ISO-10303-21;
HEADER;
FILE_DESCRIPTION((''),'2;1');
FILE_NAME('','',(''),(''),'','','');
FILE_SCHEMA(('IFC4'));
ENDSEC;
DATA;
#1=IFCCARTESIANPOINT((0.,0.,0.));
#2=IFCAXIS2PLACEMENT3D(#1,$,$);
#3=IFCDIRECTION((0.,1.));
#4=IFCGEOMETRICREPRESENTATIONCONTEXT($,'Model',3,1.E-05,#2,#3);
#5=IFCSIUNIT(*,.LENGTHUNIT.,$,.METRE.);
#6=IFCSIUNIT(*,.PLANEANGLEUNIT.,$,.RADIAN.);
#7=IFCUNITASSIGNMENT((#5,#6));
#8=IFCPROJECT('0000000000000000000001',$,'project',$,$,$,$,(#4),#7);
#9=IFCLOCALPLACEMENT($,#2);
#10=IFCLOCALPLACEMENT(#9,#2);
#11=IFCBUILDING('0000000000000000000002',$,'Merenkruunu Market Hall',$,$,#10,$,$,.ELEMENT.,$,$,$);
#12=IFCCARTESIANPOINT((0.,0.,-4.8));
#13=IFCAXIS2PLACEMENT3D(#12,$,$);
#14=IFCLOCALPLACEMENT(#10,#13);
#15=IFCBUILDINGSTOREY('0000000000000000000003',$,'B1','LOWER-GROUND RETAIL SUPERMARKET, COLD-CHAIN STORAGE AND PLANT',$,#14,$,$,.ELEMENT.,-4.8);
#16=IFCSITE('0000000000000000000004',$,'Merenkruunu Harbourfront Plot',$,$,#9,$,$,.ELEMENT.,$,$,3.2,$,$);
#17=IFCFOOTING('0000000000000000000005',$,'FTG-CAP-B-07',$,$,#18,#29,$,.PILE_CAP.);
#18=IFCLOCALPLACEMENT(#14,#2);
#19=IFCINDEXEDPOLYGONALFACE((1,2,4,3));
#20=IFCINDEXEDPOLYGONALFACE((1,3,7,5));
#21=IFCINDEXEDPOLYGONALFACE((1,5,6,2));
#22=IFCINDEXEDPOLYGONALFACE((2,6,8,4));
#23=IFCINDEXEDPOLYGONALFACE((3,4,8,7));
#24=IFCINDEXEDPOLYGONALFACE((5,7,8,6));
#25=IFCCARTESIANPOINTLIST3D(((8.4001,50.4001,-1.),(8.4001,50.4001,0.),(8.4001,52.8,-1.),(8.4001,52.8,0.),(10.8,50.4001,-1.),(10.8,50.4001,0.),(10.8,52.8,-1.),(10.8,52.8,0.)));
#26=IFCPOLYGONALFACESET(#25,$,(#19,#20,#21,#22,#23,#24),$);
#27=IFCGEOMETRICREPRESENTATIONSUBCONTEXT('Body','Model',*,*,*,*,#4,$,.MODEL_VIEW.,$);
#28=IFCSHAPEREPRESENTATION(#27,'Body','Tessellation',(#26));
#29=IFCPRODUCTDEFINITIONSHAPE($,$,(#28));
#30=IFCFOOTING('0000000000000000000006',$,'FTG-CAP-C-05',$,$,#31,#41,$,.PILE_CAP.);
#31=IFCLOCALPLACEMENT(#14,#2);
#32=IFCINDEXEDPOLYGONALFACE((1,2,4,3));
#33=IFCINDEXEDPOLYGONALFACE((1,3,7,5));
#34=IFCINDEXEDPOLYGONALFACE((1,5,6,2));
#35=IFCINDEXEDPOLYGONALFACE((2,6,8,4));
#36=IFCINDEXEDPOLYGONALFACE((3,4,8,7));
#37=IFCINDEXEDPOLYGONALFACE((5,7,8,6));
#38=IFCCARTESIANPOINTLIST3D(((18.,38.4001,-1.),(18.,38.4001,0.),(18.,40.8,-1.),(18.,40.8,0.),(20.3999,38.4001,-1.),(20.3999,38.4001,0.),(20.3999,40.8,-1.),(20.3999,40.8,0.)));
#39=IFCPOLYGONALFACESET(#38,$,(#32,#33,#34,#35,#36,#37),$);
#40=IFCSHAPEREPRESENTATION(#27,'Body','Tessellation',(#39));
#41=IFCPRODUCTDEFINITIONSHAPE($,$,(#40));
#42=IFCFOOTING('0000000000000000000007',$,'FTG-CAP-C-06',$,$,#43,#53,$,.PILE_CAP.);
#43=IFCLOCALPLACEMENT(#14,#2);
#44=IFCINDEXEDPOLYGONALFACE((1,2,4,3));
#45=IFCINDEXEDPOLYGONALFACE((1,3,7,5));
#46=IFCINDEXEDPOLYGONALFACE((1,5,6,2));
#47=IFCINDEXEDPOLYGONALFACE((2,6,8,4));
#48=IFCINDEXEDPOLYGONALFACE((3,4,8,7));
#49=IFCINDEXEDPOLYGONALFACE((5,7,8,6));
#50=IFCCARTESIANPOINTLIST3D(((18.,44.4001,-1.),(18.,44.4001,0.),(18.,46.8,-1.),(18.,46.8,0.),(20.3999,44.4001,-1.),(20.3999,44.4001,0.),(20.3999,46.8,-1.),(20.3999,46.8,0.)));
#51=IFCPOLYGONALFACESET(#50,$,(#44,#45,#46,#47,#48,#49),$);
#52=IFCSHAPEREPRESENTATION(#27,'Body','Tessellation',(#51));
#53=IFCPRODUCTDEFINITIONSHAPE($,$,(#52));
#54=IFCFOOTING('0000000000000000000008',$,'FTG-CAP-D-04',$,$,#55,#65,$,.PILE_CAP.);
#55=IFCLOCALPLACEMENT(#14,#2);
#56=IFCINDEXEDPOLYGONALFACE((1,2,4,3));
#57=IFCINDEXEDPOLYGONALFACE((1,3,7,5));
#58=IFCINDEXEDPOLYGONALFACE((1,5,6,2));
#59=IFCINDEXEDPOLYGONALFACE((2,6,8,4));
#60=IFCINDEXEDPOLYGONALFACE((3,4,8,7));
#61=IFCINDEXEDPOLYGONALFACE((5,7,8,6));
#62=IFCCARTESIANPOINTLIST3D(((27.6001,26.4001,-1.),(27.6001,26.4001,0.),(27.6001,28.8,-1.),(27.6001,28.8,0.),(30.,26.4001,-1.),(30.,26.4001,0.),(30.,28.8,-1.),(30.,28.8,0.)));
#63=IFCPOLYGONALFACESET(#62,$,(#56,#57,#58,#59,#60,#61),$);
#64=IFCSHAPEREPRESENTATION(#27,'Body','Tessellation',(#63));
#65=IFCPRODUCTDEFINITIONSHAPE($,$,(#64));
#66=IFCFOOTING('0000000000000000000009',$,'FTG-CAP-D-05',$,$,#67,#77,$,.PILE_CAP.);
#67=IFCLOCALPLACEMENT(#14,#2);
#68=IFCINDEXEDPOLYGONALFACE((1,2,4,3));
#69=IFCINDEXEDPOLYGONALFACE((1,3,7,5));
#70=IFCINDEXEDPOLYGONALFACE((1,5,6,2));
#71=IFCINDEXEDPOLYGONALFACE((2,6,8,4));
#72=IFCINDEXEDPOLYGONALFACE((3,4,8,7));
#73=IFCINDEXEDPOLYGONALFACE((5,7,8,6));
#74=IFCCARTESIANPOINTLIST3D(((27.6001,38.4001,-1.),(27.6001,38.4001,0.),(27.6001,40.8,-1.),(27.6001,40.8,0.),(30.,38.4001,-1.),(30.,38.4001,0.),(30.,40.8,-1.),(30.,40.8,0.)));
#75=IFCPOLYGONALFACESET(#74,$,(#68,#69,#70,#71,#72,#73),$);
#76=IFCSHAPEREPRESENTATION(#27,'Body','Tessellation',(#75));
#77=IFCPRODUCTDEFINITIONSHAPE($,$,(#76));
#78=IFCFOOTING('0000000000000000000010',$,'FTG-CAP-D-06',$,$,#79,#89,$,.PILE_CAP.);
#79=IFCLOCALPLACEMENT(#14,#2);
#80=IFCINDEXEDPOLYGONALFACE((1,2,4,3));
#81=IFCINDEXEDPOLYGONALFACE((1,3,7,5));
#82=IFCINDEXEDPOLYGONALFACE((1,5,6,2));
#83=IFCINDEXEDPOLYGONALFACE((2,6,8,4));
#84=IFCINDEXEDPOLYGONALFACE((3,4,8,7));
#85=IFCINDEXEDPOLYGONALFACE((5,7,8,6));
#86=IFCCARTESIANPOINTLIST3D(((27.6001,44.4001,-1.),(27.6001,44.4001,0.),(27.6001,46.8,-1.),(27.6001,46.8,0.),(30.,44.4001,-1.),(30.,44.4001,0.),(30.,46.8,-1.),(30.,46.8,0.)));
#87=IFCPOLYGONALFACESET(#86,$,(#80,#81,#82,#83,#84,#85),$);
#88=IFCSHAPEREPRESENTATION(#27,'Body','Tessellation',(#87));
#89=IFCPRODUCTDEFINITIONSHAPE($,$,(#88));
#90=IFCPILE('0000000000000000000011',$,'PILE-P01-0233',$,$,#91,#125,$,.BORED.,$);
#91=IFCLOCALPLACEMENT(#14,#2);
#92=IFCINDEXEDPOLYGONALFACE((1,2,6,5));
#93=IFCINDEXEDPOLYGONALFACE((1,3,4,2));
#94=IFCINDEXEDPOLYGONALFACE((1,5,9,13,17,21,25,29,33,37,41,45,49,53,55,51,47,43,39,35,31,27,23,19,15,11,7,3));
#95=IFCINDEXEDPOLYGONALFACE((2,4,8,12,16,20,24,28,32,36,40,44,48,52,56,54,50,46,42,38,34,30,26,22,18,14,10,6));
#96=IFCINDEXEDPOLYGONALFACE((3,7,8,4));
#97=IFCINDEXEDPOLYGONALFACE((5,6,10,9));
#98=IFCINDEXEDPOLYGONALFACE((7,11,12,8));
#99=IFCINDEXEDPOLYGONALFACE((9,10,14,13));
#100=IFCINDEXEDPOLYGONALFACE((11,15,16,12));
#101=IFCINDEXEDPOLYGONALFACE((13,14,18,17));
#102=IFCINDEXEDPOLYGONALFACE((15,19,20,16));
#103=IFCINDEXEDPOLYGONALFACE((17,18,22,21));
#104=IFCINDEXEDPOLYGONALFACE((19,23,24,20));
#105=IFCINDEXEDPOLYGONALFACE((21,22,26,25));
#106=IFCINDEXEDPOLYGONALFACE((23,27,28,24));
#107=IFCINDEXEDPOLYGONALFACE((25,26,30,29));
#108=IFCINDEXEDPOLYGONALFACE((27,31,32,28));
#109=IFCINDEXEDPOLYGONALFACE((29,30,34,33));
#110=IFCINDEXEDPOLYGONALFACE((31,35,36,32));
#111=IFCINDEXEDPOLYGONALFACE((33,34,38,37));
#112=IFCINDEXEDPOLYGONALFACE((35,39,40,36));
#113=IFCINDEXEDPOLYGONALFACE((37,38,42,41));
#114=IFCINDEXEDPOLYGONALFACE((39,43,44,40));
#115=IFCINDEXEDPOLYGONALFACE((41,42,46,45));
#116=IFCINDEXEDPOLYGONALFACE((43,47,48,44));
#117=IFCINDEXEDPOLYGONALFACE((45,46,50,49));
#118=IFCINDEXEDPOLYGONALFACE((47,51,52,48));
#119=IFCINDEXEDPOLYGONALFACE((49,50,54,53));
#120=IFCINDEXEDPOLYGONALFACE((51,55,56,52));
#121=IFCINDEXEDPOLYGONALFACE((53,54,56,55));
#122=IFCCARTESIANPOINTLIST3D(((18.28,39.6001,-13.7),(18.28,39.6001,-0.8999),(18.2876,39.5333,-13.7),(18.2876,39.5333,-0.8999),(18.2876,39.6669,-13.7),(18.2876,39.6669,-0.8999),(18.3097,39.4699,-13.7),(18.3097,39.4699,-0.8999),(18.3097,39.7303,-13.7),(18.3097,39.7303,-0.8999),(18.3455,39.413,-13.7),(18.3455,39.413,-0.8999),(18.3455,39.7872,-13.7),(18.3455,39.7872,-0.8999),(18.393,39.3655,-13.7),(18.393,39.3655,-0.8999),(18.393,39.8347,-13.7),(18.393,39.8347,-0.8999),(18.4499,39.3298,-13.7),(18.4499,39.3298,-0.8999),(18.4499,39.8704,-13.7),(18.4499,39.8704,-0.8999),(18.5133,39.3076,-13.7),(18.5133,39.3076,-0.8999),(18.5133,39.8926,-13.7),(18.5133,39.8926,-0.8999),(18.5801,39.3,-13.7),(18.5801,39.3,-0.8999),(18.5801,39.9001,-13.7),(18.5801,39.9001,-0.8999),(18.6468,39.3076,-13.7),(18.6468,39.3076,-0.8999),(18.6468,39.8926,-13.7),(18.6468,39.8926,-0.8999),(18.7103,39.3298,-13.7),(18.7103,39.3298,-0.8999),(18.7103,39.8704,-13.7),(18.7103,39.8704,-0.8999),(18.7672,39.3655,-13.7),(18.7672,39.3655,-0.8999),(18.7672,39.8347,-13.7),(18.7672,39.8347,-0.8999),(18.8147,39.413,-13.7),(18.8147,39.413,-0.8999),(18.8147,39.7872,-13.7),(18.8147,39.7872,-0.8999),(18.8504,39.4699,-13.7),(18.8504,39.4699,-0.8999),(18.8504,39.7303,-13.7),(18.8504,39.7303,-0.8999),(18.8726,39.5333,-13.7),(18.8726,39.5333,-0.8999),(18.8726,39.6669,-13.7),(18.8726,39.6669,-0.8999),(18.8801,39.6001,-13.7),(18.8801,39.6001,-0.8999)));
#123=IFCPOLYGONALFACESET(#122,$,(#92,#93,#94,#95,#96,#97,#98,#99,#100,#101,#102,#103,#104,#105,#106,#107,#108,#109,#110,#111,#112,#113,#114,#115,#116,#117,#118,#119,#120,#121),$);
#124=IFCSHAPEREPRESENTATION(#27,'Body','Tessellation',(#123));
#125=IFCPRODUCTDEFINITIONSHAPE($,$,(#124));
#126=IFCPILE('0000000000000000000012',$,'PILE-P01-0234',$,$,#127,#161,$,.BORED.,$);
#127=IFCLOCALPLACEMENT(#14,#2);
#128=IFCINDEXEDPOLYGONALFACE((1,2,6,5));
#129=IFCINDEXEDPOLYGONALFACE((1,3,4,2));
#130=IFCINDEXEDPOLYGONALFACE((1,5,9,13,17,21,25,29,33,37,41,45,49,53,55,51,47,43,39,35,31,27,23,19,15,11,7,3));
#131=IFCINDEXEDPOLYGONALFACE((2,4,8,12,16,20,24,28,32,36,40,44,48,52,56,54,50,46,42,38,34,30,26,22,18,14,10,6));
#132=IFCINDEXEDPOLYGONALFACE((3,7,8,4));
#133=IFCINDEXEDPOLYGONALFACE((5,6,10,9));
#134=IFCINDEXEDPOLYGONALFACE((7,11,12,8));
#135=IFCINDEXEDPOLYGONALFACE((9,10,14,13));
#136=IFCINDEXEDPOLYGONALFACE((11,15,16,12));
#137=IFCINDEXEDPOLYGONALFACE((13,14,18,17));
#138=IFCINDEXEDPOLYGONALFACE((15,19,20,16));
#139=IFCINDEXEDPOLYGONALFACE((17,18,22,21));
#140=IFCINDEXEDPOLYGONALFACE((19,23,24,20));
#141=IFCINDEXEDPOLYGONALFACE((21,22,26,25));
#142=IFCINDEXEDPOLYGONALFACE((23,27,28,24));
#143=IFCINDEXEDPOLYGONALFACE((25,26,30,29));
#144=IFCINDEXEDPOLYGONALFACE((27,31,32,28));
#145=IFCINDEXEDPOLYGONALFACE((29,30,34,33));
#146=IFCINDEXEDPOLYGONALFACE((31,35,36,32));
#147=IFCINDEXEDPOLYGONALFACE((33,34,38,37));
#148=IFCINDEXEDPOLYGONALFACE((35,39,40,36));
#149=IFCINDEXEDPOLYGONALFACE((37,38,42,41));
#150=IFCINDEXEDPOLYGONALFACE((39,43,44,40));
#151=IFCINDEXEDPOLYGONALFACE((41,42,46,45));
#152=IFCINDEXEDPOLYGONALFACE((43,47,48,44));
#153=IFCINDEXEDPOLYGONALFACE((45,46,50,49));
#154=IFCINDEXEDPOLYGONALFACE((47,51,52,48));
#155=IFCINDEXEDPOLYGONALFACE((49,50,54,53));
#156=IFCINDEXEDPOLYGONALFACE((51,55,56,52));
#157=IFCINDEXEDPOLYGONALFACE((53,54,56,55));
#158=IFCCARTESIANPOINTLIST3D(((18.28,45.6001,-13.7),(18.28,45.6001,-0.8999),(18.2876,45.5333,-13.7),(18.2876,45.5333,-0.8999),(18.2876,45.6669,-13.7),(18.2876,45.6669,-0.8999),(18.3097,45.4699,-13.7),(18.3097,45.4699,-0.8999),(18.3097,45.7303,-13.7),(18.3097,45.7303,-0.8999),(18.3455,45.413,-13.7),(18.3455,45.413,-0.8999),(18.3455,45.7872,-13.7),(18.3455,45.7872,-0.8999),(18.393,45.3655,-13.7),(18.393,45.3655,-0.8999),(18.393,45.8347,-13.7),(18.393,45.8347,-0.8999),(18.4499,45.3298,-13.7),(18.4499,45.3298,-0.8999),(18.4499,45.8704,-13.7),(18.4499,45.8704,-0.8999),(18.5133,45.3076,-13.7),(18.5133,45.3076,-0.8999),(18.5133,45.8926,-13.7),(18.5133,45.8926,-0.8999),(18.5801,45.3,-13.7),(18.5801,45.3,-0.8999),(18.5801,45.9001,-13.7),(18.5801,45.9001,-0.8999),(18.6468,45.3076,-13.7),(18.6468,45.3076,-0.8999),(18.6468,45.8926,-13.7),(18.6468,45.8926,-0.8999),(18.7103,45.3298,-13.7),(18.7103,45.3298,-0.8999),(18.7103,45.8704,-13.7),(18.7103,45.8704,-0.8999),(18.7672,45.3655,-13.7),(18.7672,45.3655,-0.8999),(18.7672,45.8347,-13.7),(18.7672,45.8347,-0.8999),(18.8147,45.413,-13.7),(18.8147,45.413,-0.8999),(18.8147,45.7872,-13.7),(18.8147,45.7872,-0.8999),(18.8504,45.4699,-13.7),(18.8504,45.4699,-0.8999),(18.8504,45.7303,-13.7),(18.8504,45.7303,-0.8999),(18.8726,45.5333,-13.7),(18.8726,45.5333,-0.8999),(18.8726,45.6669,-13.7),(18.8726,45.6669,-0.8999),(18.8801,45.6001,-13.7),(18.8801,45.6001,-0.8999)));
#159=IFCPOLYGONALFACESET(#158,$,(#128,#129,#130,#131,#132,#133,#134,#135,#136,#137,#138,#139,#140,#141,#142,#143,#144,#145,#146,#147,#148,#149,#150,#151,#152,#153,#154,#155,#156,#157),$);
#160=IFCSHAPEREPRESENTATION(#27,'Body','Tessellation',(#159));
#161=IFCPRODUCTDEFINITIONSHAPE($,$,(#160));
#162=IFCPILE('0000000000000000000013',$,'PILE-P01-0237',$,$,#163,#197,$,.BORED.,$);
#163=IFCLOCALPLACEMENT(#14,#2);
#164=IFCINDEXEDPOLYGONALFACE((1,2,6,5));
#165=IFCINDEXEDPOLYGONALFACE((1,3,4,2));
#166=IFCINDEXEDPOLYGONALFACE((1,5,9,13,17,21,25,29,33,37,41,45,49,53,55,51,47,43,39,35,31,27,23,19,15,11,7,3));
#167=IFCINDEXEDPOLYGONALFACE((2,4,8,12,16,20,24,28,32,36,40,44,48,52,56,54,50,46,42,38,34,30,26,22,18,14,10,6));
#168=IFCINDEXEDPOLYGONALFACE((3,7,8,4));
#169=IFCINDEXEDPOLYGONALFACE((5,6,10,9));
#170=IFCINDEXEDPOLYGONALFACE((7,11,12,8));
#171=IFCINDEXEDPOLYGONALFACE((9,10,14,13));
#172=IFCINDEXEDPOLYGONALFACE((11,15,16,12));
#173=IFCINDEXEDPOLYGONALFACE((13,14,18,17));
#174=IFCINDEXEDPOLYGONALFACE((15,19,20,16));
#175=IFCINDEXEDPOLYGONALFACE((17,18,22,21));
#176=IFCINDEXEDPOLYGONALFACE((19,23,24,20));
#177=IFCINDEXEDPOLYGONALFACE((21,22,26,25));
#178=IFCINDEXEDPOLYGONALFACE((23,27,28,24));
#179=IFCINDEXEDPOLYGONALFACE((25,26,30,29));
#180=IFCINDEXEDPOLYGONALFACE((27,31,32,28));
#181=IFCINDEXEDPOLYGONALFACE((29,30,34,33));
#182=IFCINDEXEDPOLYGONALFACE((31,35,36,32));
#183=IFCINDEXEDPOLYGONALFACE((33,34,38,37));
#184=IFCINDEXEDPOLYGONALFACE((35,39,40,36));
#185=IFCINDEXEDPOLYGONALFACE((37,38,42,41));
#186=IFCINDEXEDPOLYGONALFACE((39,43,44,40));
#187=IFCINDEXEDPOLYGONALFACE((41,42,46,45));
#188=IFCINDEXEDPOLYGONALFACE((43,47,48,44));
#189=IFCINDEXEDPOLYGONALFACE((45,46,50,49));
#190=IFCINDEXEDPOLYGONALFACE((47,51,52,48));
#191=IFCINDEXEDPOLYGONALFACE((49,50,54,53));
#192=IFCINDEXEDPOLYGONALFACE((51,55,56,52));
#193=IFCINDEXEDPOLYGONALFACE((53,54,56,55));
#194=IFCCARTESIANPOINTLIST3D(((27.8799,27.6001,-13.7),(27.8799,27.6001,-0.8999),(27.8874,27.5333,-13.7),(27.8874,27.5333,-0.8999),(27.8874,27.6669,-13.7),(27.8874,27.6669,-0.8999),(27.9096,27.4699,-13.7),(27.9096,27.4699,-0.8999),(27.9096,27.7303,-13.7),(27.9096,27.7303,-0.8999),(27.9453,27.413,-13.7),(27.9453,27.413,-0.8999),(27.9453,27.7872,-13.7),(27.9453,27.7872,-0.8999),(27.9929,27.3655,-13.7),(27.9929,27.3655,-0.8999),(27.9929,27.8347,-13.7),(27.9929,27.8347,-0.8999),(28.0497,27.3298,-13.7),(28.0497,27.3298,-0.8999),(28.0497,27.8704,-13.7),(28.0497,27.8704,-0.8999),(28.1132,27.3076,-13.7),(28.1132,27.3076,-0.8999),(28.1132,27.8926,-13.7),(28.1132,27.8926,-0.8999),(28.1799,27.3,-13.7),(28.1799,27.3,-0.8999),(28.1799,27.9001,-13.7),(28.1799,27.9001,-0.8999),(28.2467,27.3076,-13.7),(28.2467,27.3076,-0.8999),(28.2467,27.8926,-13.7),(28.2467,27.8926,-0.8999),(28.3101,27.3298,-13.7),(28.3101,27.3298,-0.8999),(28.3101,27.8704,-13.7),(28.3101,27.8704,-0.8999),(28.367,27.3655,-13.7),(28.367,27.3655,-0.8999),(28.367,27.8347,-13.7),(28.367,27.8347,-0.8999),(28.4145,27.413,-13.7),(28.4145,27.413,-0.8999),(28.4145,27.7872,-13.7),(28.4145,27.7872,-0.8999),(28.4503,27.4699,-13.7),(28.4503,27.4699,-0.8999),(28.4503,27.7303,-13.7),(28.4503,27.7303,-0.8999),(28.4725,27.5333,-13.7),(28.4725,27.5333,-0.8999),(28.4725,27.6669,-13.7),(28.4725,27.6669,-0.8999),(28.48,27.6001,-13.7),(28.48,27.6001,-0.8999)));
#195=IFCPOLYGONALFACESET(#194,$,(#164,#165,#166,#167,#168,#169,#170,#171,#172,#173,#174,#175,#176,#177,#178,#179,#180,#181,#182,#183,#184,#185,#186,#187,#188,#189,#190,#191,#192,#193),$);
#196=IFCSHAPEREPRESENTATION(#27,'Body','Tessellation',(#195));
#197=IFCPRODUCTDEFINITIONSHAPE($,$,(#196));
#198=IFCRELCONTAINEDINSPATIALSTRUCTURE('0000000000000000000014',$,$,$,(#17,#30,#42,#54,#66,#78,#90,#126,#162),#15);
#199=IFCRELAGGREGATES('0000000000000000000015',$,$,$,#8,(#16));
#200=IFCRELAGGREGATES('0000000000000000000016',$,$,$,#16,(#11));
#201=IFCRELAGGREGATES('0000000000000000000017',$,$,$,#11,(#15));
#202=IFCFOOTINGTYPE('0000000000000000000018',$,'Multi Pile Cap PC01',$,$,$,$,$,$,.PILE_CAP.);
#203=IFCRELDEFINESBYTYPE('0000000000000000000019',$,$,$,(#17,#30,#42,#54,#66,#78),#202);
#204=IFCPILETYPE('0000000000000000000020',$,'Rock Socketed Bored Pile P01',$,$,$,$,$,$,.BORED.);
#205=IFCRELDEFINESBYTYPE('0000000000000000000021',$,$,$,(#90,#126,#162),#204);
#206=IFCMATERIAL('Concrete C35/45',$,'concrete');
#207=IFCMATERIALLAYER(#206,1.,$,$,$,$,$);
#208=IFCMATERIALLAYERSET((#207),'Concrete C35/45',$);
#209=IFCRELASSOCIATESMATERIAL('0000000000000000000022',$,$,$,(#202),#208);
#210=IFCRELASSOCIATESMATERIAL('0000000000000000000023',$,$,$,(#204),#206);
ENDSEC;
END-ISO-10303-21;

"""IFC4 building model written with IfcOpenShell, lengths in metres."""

from ifc_helpers import new_model, si_unit, direction, frame, origin, origin_2d, place, context, subcontext, project, spatial, rectangle, circle, extrude, material, layer, layer_set, material_profile, profile_set, type_object, element, save


model = new_model("IFC4")

# Units and contexts
model_context = context("Model", 3, precision=1e-05, world=origin(), true_north=direction((0.0, 1.0)))
body_context = subcontext(model_context, "Body", "Model", "MODEL_VIEW")
ifc_project = project(units=[si_unit("LENGTHUNIT", "METRE"), si_unit("PLANEANGLEUNIT", "RADIAN")], contexts=[model_context])

# Site, building, storey
site_placement = place(None, origin())
site = spatial("IfcSite", under=ifc_project, at=site_placement, Name="Merenkruunu Harbourfront Plot", CompositionType="ELEMENT", RefElevation=3.2)
building_placement = place(site_placement, origin())
building = spatial("IfcBuilding", under=site, at=building_placement, Name="Merenkruunu Market Hall", CompositionType="ELEMENT")
storey_placement = place(building_placement, frame((0.0, 0.0, -4.8)))
storey = spatial("IfcBuildingStorey", under=building, at=storey_placement, Name="B1", Description="LOWER-GROUND RETAIL SUPERMARKET, COLD-CHAIN STORAGE AND PLANT", CompositionType="ELEMENT", Elevation=-4.8)

# Footings
ifc_material = material(Name="Concrete C35/45", Category="concrete")
ifc_layer_1 = layer(ifc_material, 1.0)
ifc_layer_set_1 = layer_set([ifc_layer_1], Name="Concrete C35/45")
footing_type_1 = type_object("IfcFootingType", Name="Multi Pile Cap PC01", PredefinedType="PILE_CAP", material=ifc_layer_set_1)
for number, where, z_axis, x_axis, name in (
    (1, (9.6001, 51.6001, -1.0), (0.0, 0.0, 1.0), (1.0, 0.0, 0.0), "FTG-CAP-B-07"),
    (2, (19.2, 39.6001, -1.0), (0.0, 0.0, 1.0), (1.0, 0.0, 0.0), "FTG-CAP-C-05"),
    (3, (19.2, 45.6001, -1.0), (0.0, 0.0, 1.0), (1.0, 0.0, 0.0), "FTG-CAP-C-06"),
    (4, (28.8, 27.6001, -1.0), (0.0, 0.0, 1.0), (1.0, 0.0, 0.0), "FTG-CAP-D-04"),
    (5, (28.8, 39.6001, -1.0), (0.0, 0.0, 1.0), (1.0, 0.0, 0.0), "FTG-CAP-D-05"),
    (6, (28.8, 45.6001, -1.0), (0.0, 0.0, 1.0), (1.0, 0.0, 0.0), "FTG-CAP-D-06"),
):
    element("IfcFooting", number, at=place(storey_placement, frame(where, z_axis=z_axis, x_axis=x_axis)), inside=storey, type_object=footing_type_1, Name=name, PredefinedType="PILE_CAP", context=body_context, shape_type="SweptSolid", body=[
        extrude(rectangle(XDim=2.3999, YDim=2.3999, at=origin_2d()), origin(), (0.0, 0.0, 1.0), 1.0),
    ])

# Piles
ifc_material_profile_1 = material_profile(ifc_material, circle(Radius=0.3, at=origin_2d()), Name="BORED PILE 600")
ifc_profile_set_1 = profile_set([ifc_material_profile_1], Name="Concrete C35/45")
pile_type = type_object("IfcPileType", Name="Rock Socketed Bored Pile P01", PredefinedType="BORED", material=ifc_profile_set_1)
for number, where, z_axis, x_axis, name in (
    (7, (18.5801, 39.6001, -0.8999), (0.0, 0.0, -1.0), (1.0, 0.0, 0.0), "PILE-P01-0233"),
    (8, (18.5801, 45.6001, -0.8999), (0.0, 0.0, -1.0), (1.0, 0.0, 0.0), "PILE-P01-0234"),
    (9, (28.1799, 27.6001, -0.8999), (0.0, 0.0, -1.0), (1.0, 0.0, 0.0), "PILE-P01-0237"),
):
    element("IfcPile", number, at=place(storey_placement, frame(where, z_axis=z_axis, x_axis=x_axis)), inside=storey, type_object=pile_type, Name=name, PredefinedType="BORED", context=body_context, shape_type="SweptSolid", body=[
        extrude(circle(Radius=0.3, at=origin_2d()), origin(), (0.0, 0.0, 1.0), 12.8),
    ])

save(model, "model.ifc")
